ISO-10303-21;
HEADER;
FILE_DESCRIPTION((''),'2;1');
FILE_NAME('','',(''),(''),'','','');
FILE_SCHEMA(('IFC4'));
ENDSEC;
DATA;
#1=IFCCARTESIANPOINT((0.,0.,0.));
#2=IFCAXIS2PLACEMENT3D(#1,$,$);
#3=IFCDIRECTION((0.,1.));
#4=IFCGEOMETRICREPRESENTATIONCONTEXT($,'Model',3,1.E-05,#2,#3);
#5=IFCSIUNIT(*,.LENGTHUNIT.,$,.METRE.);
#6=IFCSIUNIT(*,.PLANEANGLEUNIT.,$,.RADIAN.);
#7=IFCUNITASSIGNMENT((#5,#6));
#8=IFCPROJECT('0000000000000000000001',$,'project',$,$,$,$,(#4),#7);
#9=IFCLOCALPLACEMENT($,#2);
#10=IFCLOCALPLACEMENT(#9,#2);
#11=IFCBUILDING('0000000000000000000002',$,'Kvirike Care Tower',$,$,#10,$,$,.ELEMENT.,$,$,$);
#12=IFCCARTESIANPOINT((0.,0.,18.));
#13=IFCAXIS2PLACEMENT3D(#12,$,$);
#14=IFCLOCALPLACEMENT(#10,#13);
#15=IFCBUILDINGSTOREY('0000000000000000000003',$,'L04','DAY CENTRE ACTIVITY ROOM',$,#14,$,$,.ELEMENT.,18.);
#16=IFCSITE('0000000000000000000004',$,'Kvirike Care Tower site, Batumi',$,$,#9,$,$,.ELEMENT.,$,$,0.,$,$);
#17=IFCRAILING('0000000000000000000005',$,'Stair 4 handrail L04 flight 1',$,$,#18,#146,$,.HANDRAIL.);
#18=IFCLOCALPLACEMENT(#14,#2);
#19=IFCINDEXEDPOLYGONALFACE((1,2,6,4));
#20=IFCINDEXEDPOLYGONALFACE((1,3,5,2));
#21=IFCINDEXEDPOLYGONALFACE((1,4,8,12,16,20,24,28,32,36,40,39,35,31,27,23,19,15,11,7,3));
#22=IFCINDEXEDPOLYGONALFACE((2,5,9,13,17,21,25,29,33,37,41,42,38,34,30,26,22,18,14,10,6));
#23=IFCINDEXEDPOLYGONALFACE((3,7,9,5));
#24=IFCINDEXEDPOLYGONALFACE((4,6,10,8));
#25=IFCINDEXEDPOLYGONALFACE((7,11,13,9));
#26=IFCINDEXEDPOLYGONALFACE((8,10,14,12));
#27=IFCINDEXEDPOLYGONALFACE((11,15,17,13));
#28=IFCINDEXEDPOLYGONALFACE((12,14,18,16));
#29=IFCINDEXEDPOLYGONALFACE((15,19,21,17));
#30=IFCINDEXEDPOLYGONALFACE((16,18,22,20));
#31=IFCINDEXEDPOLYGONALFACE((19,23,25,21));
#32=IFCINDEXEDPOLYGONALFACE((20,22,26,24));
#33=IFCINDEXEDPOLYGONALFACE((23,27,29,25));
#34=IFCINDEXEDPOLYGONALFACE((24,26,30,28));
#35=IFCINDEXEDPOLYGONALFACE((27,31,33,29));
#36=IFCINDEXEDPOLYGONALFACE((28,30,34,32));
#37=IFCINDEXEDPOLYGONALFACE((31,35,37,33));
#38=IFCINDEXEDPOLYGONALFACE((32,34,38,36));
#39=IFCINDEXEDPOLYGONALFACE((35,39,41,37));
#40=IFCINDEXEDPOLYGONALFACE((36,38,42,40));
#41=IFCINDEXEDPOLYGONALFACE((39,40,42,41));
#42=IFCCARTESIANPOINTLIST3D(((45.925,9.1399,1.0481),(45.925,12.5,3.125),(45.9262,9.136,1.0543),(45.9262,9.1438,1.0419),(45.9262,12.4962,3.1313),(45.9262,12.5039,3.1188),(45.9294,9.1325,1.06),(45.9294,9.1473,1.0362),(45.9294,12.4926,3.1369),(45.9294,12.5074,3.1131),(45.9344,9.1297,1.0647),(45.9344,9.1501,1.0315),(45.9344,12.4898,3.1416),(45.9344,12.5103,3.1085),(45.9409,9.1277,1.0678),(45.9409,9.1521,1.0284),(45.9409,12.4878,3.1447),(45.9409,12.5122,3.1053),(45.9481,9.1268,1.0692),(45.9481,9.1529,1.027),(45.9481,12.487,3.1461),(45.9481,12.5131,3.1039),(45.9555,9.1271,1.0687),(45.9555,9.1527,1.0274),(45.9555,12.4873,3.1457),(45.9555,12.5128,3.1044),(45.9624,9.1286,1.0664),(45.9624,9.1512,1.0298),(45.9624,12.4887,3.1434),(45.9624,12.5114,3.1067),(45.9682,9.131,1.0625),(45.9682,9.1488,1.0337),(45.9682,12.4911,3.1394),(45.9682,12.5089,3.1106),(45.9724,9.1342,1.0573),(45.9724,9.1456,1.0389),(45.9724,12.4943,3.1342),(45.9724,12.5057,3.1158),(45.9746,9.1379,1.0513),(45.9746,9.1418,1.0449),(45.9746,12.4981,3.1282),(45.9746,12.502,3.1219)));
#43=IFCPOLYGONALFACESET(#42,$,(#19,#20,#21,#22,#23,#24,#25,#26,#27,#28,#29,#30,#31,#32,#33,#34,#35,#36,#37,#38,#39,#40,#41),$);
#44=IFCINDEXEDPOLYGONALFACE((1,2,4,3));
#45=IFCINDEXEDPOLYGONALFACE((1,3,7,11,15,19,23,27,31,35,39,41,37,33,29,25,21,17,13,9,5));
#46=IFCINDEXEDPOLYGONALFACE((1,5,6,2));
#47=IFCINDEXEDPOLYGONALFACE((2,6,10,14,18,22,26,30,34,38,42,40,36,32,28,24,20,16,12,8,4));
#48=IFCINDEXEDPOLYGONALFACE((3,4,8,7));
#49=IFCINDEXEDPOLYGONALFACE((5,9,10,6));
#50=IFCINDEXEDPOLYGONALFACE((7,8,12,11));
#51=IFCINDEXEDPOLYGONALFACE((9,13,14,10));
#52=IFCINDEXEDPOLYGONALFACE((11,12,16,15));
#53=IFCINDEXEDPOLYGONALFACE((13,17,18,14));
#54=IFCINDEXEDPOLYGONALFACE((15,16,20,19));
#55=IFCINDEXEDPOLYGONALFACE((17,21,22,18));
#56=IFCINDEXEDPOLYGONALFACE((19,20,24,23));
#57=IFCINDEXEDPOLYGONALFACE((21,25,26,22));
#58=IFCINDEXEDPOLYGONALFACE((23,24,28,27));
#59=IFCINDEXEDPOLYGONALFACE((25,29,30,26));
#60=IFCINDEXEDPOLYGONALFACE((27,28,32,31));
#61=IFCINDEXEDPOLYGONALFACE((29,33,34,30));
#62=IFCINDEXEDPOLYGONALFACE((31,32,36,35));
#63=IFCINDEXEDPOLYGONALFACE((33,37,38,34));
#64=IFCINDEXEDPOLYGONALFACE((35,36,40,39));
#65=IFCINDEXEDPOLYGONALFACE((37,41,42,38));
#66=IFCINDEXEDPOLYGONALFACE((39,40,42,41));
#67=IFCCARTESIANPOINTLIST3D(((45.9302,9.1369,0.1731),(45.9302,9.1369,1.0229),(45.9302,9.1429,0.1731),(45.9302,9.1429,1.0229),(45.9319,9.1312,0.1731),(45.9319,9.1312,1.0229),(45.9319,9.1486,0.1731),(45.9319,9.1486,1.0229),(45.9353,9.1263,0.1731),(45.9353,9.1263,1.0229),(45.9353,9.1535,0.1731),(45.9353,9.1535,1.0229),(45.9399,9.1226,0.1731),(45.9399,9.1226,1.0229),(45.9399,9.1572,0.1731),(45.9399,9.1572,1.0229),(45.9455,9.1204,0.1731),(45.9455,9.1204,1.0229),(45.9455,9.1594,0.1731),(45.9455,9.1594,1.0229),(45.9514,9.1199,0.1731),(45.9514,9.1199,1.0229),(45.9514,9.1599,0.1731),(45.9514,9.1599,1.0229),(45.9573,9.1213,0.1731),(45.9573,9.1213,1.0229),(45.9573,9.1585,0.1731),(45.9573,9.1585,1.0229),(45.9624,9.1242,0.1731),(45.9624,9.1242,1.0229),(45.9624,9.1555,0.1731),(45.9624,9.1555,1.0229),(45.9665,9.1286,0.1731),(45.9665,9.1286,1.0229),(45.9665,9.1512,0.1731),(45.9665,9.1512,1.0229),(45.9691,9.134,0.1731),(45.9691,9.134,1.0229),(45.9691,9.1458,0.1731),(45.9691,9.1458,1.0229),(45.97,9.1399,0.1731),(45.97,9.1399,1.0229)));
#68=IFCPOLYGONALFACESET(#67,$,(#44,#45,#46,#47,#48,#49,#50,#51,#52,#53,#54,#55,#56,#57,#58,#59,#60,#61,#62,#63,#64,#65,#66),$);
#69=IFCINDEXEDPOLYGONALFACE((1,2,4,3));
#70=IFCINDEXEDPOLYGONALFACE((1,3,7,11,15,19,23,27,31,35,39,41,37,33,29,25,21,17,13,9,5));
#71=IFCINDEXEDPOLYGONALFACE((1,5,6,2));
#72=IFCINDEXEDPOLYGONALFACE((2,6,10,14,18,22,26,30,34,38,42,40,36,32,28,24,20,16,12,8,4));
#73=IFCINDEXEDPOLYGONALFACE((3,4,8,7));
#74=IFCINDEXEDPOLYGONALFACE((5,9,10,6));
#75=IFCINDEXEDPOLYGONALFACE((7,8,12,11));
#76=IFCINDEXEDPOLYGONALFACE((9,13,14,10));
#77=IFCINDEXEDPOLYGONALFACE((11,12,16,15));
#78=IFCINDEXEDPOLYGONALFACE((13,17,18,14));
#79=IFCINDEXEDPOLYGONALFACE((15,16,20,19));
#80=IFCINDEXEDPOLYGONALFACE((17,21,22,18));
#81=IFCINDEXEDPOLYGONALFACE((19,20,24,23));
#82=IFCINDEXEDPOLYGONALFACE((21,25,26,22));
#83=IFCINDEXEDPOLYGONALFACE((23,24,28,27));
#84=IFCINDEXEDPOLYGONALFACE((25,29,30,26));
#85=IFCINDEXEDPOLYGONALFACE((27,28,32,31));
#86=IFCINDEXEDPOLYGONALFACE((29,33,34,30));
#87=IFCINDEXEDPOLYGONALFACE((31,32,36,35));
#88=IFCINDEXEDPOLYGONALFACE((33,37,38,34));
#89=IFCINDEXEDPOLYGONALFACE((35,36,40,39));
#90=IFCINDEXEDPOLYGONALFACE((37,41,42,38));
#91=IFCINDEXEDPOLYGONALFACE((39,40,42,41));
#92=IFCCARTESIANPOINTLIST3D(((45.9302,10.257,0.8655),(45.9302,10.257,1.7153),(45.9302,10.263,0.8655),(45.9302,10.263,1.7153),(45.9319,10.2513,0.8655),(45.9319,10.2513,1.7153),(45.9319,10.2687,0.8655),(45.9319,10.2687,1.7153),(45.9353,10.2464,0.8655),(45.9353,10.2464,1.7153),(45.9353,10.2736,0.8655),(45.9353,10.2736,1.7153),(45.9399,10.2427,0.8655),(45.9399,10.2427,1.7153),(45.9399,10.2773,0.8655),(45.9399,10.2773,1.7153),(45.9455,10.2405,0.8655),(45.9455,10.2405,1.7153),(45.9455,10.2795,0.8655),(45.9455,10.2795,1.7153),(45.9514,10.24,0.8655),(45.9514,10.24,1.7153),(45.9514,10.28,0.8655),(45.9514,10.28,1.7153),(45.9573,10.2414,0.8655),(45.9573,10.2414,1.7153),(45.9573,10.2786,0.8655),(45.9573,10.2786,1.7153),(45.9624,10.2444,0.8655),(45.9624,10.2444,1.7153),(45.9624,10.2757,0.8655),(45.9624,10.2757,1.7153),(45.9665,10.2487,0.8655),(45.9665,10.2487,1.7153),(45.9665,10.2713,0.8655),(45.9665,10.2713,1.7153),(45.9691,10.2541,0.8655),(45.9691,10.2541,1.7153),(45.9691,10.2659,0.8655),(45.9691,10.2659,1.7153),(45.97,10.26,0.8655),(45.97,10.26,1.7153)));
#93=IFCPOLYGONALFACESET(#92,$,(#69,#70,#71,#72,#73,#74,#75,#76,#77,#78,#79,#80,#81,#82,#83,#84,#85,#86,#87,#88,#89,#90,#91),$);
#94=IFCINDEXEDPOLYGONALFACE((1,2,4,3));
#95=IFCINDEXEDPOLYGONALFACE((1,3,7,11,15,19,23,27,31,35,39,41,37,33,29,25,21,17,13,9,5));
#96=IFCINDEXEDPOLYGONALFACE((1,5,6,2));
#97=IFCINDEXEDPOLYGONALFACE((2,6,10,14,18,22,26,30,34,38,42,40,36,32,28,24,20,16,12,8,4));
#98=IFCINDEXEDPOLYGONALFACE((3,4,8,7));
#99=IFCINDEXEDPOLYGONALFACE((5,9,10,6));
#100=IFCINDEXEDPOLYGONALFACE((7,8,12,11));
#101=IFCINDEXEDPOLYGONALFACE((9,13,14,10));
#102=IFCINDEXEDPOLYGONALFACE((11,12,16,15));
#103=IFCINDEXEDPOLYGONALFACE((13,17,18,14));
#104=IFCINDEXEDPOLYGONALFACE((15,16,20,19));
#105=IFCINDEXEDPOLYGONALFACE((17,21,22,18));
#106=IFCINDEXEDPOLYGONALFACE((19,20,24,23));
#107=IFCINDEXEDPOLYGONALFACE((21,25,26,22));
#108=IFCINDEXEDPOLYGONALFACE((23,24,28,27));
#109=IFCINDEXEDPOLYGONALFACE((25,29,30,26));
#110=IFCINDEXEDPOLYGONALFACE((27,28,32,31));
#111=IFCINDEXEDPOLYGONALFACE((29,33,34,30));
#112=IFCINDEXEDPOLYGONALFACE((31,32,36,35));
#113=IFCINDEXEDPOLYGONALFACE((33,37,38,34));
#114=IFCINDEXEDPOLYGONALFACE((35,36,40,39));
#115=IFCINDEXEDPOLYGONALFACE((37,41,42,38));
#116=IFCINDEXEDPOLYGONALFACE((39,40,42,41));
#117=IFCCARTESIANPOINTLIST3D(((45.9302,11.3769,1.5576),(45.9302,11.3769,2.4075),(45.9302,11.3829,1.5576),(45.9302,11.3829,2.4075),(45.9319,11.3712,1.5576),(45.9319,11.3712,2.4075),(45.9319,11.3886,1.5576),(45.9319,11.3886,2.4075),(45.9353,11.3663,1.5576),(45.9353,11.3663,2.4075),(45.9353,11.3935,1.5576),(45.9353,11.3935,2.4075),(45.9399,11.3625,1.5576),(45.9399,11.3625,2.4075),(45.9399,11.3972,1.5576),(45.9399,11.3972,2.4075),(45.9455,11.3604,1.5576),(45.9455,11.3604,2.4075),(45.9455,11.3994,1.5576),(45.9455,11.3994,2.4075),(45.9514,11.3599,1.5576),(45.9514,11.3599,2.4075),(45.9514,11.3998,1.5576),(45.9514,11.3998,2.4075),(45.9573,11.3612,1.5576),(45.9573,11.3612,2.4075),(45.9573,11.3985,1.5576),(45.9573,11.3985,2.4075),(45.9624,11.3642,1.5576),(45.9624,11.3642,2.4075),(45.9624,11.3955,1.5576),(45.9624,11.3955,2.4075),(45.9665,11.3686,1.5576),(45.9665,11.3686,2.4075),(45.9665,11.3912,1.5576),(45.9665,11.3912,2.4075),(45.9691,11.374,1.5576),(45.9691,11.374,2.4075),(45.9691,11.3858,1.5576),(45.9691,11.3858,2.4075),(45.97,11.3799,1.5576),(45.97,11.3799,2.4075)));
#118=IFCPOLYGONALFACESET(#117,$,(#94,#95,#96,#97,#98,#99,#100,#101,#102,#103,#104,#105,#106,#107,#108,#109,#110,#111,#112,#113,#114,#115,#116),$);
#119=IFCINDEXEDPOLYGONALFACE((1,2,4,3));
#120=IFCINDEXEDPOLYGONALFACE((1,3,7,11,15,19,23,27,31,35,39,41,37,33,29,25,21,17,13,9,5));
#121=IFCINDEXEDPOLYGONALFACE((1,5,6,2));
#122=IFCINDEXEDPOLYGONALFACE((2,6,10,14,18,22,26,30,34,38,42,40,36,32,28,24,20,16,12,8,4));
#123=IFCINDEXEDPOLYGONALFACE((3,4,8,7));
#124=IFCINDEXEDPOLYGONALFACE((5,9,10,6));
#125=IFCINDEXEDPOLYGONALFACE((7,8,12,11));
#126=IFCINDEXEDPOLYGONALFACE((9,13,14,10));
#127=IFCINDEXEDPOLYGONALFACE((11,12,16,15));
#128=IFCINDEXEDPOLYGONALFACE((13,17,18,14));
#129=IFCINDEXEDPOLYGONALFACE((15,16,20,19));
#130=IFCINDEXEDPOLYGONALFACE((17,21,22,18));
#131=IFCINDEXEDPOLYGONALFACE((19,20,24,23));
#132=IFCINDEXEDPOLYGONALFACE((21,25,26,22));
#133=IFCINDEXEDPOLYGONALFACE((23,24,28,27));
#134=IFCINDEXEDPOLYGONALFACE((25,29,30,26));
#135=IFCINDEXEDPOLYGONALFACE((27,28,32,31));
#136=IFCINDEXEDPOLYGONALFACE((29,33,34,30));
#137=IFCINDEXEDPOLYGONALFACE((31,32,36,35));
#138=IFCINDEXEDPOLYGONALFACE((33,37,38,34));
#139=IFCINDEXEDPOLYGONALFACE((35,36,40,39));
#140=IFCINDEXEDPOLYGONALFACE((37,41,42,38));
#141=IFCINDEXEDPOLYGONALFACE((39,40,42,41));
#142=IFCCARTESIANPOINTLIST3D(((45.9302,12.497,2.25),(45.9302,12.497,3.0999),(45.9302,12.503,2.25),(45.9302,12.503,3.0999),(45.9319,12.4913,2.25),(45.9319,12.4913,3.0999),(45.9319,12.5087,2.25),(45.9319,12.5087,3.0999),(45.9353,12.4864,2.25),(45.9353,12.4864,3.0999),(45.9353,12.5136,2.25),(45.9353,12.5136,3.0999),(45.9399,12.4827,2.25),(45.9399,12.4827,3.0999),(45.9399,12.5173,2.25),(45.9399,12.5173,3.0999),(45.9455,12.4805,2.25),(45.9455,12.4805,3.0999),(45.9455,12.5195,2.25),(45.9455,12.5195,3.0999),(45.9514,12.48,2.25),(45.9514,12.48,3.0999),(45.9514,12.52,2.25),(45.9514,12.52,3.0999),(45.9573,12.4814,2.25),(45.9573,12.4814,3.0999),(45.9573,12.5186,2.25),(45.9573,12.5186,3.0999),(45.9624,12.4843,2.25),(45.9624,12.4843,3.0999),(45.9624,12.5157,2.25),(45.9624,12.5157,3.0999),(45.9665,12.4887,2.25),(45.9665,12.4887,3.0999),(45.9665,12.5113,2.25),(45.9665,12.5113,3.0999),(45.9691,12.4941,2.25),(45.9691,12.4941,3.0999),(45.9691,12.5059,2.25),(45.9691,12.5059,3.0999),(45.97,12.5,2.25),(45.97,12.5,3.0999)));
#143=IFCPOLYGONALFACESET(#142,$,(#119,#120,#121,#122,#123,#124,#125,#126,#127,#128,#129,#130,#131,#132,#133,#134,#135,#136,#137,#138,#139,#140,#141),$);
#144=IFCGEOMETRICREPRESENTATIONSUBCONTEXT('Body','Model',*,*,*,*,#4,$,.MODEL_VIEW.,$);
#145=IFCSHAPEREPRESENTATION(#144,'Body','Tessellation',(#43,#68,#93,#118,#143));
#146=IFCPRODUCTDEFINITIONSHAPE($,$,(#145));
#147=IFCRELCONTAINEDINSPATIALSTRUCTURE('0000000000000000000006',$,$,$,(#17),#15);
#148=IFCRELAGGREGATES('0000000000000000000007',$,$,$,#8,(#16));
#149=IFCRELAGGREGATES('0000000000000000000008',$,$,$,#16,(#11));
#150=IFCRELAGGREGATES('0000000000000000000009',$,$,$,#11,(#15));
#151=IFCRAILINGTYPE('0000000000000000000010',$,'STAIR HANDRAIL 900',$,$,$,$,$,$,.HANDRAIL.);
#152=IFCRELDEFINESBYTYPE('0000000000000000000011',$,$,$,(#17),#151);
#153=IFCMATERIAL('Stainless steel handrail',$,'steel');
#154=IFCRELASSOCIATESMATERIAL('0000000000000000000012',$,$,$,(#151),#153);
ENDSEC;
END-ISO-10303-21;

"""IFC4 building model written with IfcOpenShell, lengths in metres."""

from ifc_helpers import new_model, si_unit, direction, frame, origin, origin_2d, place, context, subcontext, project, spatial, circle, extrude, material, type_object, element, save


model = new_model("IFC4")

# Units and contexts
model_context = context("Model", 3, precision=1e-05, world=origin(), true_north=direction((0.0, 1.0)))
body_context = subcontext(model_context, "Body", "Model", "MODEL_VIEW")
ifc_project = project(units=[si_unit("LENGTHUNIT", "METRE"), si_unit("PLANEANGLEUNIT", "RADIAN")], contexts=[model_context])

# Site, building, storey
site_placement = place(None, origin())
site = spatial("IfcSite", under=ifc_project, at=site_placement, Name="Kvirike Care Tower site, Batumi", CompositionType="ELEMENT", RefElevation=0.0)
building_placement = place(site_placement, origin())
building = spatial("IfcBuilding", under=site, at=building_placement, Name="Kvirike Care Tower", CompositionType="ELEMENT")
storey_placement = place(building_placement, frame((0.0, 0.0, 18.0)))
storey = spatial("IfcBuildingStorey", under=building, at=storey_placement, Name="L04", Description="DAY CENTRE ACTIVITY ROOM", CompositionType="ELEMENT", Elevation=18.0)

# Railing
ifc_material_1 = material(Name="Stainless steel handrail", Category="steel")
railing_type = type_object("IfcRailingType", Name="STAIR HANDRAIL 900", PredefinedType="HANDRAIL", material=ifc_material_1)
railing_placement = place(storey_placement, frame((45.95, 9.1399, 0.1731)))
element("IfcRailing", 1, at=railing_placement, inside=storey, type_object=railing_type, Name="Stair 4 handrail L04 flight 1", PredefinedType="HANDRAIL", context=body_context, shape_type="SweptSolid", body=[
    extrude(circle(Radius=0.0249, at=origin_2d()), frame((0.0, 0.0, 0.875), z_axis=(0.0, 0.850623, 0.525776), x_axis=(-1.0, 0.0, 0.0)), (0.0, 0.0, 1.0), 3.9502),
    extrude(circle(Radius=0.02, at=origin_2d()), origin(), (0.0, 0.0, 1.0), 0.8499),
    extrude(circle(Radius=0.02, at=origin_2d()), frame((0.0, 1.1201, 0.6924)), (0.0, 0.0, 1.0), 0.8499),
    extrude(circle(Radius=0.02, at=origin_2d()), frame((0.0, 2.24, 1.3845)), (0.0, 0.0, 1.0), 0.8499),
    extrude(circle(Radius=0.02, at=origin_2d()), frame((0.0, 3.3601, 2.0769)), (0.0, 0.0, 1.0), 0.8499),
])

save(model, "model.ifc")
